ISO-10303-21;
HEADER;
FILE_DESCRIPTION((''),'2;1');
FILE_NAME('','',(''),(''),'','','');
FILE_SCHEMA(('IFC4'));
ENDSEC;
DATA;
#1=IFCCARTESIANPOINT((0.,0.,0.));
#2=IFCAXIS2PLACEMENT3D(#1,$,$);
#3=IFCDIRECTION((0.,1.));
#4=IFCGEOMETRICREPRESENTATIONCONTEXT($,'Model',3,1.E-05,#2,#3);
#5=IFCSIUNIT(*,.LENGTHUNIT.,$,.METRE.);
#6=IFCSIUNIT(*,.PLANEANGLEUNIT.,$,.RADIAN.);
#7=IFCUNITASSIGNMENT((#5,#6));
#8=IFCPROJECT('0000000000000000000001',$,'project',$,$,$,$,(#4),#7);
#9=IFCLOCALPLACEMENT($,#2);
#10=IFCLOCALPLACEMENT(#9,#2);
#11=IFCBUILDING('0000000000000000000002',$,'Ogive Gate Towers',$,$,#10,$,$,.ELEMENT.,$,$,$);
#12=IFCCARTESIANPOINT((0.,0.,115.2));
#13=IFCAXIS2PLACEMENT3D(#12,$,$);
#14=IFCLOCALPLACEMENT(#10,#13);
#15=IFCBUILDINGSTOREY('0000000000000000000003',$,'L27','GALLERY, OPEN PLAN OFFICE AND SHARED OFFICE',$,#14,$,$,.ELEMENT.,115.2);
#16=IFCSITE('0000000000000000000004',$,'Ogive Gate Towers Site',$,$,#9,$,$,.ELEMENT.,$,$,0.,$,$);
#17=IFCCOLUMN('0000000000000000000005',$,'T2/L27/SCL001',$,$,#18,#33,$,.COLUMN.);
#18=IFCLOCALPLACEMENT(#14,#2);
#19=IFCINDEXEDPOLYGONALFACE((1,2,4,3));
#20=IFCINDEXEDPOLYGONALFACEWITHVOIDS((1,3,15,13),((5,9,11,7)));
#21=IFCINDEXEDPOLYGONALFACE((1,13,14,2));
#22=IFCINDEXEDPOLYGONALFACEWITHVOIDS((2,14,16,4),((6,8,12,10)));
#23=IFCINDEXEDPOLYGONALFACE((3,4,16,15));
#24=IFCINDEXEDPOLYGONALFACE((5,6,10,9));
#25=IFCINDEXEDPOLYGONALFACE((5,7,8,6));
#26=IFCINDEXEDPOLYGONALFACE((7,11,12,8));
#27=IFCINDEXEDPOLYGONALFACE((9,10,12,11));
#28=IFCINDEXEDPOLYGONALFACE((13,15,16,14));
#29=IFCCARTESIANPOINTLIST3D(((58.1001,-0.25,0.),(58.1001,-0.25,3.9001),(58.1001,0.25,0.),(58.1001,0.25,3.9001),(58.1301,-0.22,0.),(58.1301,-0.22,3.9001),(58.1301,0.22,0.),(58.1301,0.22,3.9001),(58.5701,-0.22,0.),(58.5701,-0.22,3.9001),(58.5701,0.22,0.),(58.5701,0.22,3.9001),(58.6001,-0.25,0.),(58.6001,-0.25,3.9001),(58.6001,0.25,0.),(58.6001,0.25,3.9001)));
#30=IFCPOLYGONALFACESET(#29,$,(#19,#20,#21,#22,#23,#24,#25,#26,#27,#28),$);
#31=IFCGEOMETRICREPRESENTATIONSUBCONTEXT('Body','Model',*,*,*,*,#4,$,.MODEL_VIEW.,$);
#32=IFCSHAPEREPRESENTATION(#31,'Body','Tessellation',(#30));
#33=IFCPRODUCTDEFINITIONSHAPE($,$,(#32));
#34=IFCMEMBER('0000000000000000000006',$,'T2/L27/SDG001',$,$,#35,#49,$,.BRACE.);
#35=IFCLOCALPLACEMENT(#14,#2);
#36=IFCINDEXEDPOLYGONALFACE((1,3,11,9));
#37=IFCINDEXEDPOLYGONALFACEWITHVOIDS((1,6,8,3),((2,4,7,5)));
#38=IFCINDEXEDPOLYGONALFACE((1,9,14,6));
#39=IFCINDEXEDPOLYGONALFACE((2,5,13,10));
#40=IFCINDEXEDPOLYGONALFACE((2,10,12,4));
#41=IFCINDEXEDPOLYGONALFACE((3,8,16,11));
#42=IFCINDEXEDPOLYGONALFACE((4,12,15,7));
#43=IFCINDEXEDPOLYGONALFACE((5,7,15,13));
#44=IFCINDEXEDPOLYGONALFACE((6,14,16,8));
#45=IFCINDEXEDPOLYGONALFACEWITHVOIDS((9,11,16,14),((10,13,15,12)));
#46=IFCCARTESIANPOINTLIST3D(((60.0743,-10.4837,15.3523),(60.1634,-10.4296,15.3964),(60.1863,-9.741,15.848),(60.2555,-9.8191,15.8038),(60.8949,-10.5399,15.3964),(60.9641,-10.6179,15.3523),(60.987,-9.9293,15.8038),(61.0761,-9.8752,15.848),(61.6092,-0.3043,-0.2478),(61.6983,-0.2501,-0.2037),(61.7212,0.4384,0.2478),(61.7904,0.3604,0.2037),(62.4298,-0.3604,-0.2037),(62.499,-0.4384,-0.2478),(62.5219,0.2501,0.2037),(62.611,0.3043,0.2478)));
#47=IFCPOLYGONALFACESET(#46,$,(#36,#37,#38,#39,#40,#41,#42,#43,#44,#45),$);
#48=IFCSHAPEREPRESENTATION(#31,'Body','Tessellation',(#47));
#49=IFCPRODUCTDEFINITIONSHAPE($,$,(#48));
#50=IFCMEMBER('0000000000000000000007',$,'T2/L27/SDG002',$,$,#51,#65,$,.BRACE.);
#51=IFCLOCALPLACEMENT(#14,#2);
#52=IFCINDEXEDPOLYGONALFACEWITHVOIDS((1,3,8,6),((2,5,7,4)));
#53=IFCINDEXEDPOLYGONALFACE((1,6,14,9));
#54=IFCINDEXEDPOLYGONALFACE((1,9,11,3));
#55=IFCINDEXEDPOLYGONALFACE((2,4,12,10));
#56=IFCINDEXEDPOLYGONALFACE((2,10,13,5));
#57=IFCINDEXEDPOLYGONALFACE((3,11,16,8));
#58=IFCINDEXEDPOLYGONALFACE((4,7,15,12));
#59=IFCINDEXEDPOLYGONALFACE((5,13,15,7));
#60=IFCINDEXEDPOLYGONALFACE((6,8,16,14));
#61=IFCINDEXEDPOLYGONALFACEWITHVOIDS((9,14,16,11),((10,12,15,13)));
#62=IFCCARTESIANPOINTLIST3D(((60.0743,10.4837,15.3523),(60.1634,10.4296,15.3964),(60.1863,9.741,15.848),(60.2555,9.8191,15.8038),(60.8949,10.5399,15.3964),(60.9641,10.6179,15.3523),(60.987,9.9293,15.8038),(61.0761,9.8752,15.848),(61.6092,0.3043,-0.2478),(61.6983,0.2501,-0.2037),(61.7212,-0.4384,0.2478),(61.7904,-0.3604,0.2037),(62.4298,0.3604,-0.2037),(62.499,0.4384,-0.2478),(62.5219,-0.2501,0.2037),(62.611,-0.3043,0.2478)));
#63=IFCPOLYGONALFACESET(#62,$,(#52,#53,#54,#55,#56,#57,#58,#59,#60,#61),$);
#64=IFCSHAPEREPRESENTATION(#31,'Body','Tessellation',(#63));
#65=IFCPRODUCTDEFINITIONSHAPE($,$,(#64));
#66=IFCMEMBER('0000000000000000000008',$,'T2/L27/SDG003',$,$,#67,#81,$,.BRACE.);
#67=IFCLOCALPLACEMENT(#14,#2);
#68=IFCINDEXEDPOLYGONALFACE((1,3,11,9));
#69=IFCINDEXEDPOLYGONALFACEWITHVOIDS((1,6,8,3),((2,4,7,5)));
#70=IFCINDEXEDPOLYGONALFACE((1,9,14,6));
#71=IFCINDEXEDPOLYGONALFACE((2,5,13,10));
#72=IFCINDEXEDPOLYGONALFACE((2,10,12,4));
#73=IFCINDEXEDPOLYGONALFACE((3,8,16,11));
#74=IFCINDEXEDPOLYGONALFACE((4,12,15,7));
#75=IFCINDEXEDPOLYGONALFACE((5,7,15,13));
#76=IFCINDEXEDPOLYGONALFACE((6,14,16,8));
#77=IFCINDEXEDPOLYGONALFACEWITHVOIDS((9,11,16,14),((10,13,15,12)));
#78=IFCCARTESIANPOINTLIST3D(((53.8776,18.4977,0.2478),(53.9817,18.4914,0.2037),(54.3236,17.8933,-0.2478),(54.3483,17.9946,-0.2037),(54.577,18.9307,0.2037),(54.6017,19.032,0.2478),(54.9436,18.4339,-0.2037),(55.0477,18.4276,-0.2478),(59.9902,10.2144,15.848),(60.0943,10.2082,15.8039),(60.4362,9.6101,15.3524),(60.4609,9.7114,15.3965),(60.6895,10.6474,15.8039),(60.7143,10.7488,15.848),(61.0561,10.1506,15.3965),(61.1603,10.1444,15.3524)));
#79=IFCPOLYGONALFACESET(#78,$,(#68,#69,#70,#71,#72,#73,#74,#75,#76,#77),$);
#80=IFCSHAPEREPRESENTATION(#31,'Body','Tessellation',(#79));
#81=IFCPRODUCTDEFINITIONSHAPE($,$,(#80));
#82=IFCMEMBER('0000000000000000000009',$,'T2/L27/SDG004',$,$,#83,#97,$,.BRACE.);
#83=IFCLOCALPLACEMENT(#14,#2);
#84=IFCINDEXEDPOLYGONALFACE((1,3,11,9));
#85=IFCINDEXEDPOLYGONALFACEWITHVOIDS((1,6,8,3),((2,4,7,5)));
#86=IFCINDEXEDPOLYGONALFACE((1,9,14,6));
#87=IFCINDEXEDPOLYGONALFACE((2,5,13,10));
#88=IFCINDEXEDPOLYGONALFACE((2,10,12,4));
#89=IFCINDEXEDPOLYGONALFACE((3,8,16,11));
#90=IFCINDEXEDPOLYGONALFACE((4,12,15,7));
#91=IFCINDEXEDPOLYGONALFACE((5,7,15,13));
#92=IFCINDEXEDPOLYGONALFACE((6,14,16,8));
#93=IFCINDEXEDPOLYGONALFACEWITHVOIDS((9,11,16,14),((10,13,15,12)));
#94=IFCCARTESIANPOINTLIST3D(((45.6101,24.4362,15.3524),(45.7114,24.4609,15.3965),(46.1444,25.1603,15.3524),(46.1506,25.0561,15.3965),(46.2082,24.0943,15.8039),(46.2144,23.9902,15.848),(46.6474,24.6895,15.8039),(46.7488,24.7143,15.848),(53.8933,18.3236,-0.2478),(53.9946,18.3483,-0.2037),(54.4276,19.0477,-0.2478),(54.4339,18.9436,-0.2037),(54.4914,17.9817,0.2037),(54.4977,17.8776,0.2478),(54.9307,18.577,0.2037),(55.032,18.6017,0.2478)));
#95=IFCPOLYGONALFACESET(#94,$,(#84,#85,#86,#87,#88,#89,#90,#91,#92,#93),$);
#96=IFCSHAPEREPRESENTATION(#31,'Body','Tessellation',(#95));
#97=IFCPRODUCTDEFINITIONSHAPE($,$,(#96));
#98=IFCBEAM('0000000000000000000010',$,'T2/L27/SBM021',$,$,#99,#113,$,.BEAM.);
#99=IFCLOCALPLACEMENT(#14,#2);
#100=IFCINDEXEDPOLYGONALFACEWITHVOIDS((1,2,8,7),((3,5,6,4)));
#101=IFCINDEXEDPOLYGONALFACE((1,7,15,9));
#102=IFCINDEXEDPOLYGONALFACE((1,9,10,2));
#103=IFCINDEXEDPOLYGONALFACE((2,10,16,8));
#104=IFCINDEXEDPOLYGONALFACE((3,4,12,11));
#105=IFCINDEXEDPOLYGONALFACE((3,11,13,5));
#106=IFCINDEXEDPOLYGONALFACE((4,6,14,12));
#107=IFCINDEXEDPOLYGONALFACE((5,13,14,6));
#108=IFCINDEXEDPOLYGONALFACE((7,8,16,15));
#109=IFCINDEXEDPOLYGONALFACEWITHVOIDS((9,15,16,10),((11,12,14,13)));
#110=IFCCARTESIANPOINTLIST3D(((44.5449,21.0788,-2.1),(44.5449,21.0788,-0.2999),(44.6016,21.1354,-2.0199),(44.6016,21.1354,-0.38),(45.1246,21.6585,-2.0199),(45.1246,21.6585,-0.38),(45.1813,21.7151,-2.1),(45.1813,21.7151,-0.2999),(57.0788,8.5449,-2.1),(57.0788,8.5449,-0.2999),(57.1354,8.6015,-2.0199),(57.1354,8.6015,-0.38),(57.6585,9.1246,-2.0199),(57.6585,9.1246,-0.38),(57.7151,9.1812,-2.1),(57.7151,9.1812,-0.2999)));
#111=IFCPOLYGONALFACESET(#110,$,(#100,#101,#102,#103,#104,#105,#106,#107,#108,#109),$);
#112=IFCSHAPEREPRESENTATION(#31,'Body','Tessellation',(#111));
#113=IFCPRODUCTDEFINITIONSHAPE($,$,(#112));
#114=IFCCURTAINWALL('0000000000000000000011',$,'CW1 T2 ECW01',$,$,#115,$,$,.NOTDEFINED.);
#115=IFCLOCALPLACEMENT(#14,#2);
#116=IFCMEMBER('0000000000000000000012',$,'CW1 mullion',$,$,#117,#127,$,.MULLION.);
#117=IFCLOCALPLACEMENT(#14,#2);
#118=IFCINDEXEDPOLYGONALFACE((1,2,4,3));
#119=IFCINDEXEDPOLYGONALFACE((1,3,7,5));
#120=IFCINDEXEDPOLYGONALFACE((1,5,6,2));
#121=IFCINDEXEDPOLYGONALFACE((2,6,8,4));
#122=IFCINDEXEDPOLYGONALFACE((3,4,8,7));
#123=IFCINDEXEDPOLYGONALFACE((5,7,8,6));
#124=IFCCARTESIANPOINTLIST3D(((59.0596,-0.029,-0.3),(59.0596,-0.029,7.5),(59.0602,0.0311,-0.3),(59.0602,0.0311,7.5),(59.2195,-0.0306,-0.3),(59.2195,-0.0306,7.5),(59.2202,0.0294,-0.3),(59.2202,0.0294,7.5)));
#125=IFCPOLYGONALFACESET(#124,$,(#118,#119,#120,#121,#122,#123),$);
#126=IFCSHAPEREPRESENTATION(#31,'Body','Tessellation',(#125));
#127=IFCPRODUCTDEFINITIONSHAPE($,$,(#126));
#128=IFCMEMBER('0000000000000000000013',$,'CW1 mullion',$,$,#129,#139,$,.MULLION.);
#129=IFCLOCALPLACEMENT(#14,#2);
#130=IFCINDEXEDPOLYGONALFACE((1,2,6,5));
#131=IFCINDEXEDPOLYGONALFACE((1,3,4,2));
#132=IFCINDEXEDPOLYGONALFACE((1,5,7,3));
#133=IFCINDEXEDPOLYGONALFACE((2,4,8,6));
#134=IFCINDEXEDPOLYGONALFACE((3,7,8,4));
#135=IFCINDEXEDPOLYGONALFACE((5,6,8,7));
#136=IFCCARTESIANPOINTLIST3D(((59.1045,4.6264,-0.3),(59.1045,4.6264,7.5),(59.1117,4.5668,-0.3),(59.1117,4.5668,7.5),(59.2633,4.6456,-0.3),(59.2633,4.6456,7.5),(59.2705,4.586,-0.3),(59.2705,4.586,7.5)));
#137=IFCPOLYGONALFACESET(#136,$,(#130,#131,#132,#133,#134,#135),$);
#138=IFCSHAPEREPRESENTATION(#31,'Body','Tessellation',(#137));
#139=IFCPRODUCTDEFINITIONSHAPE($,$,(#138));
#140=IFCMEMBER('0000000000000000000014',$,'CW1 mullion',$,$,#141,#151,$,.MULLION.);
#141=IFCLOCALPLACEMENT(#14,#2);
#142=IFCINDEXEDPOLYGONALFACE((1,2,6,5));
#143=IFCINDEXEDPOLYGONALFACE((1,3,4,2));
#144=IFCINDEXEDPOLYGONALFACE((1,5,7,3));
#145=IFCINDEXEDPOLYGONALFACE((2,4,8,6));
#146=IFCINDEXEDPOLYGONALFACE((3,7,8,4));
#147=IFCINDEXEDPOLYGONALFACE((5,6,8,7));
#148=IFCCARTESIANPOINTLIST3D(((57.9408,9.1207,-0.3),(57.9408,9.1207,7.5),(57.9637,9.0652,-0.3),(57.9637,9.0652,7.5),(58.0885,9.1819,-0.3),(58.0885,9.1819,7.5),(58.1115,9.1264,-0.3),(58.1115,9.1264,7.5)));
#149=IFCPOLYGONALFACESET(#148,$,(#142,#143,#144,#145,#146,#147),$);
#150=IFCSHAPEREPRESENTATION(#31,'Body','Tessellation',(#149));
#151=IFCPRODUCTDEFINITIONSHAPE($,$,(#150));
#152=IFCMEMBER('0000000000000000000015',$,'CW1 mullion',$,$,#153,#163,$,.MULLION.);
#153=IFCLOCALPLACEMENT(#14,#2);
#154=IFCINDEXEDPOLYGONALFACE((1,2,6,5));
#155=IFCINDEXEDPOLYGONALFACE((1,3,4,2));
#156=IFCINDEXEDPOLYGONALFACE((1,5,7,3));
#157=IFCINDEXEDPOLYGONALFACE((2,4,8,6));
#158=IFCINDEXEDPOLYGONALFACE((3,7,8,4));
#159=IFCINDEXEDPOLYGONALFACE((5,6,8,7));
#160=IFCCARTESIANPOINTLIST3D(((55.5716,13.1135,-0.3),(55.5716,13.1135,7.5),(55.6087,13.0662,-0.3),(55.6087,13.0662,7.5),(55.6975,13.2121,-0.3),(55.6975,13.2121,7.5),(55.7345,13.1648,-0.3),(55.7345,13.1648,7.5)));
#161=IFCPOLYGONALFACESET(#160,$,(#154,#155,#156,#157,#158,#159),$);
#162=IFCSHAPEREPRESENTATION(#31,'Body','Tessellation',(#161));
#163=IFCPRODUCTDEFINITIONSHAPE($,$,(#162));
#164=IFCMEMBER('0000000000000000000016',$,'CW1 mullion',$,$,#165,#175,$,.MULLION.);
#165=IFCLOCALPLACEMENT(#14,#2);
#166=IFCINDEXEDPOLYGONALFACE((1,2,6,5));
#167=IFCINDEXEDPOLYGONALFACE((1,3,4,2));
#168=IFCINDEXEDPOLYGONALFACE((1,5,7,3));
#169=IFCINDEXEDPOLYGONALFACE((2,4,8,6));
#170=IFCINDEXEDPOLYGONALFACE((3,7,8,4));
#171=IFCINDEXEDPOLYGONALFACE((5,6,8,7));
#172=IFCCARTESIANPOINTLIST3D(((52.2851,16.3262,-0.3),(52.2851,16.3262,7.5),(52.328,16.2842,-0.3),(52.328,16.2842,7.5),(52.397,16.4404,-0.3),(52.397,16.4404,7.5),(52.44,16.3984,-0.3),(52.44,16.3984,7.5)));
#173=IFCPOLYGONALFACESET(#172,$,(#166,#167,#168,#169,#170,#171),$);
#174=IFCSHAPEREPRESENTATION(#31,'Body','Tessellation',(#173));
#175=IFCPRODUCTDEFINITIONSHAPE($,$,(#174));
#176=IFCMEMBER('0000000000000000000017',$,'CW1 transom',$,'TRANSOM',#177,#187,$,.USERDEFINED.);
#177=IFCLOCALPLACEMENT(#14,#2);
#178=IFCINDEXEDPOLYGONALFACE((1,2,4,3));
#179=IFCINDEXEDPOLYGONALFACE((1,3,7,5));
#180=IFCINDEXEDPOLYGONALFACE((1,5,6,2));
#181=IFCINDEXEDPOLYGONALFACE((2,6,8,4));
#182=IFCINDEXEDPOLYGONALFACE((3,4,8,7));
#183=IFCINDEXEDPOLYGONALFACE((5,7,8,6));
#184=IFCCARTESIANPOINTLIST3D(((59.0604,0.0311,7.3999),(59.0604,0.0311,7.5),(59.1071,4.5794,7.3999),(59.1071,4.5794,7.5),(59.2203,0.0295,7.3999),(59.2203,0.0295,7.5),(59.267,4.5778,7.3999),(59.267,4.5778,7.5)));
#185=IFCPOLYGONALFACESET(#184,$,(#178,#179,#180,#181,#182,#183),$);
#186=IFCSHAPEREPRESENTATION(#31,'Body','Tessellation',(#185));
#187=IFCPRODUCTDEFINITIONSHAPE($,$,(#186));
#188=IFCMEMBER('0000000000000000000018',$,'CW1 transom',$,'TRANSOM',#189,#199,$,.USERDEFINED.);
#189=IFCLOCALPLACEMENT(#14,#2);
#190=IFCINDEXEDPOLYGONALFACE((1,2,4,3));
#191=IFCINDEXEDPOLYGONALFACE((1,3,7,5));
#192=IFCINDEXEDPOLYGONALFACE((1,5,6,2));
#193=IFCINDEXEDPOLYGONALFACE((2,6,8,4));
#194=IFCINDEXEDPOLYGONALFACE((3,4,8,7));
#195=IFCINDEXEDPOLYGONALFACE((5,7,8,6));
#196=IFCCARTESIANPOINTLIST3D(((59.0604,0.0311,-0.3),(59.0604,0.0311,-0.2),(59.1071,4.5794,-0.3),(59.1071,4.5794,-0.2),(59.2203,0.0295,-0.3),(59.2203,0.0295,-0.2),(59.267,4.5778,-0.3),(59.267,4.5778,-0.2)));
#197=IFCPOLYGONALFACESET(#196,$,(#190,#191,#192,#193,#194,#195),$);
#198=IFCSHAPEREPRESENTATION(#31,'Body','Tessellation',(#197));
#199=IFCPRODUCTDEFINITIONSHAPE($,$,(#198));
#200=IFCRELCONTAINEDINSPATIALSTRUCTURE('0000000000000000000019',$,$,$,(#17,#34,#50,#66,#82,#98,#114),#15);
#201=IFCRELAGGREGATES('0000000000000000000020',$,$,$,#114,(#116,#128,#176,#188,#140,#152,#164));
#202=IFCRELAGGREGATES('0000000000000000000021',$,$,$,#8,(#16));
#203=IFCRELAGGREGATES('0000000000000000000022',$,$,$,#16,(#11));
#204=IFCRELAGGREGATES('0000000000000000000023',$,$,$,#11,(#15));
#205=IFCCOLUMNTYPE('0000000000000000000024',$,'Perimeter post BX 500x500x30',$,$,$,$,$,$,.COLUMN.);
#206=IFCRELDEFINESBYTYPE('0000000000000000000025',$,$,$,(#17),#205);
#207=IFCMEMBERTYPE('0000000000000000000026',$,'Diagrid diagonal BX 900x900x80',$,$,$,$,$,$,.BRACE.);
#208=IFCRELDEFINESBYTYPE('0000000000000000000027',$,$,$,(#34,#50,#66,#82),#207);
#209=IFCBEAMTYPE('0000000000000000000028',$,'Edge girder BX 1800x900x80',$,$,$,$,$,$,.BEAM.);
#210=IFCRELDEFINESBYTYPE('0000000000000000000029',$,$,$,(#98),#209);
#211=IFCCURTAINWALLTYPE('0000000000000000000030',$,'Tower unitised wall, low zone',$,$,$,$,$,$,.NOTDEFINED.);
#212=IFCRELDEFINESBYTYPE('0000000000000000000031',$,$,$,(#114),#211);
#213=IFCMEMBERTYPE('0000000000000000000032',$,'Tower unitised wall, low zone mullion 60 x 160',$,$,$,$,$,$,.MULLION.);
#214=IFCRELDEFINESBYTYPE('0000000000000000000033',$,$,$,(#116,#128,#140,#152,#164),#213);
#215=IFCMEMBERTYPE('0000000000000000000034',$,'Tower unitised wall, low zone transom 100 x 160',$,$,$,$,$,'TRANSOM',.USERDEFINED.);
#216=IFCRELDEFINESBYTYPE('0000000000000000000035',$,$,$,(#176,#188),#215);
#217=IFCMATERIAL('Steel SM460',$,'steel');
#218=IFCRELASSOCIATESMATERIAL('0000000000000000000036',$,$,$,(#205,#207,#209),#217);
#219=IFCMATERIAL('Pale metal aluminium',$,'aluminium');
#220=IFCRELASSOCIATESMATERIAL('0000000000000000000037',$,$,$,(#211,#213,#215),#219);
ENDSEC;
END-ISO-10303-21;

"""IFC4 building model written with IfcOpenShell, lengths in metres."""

from ifc_helpers import new_model, si_unit, direction, frame, origin, origin_2d, place, context, subcontext, project, spatial, rectangle, hollow_rectangle, extrude, material, material_profile, profile_set, type_object, element, aggregate, save


model = new_model("IFC4")

# Units and contexts
model_context = context("Model", 3, precision=1e-05, world=origin(), true_north=direction((0.0, 1.0)))
body_context = subcontext(model_context, "Body", "Model", "MODEL_VIEW")
ifc_project = project(units=[si_unit("LENGTHUNIT", "METRE"), si_unit("PLANEANGLEUNIT", "RADIAN")], contexts=[model_context])

# Site, building, storey
site_placement = place(None, origin())
site = spatial("IfcSite", under=ifc_project, at=site_placement, Name="Ogive Gate Towers Site", CompositionType="ELEMENT", RefElevation=0.0)
building_placement = place(site_placement, origin())
building = spatial("IfcBuilding", under=site, at=building_placement, Name="Ogive Gate Towers", CompositionType="ELEMENT")
storey_placement = place(building_placement, frame((0.0, 0.0, 115.2)))
storey = spatial("IfcBuildingStorey", under=building, at=storey_placement, Name="L27", Description="GALLERY, OPEN PLAN OFFICE AND SHARED OFFICE", CompositionType="ELEMENT", Elevation=115.2)

# Column
ifc_material_1 = material(Name="Steel SM460", Category="steel")
ifc_material_profile_1 = material_profile(ifc_material_1, hollow_rectangle(XDim=0.5, YDim=0.5, WallThickness=0.03, at=origin_2d()), Name="BX 500x500x30")
ifc_profile_set_1 = profile_set([ifc_material_profile_1], Name="Steel SM460")
column_type = type_object("IfcColumnType", Name="Perimeter post BX 500x500x30", PredefinedType="COLUMN", material=ifc_profile_set_1)
column_placement = place(storey_placement, frame((58.3501, 0.0, 0.0), z_axis=(0.0, 0.0, 1.0), x_axis=(1.0, 0.0, 0.0)))
element("IfcColumn", 1, at=column_placement, inside=storey, type_object=column_type, Name="T2/L27/SCL001", PredefinedType="COLUMN", context=body_context, shape_type="SweptSolid", body=[
    extrude(hollow_rectangle(XDim=0.5, YDim=0.5, WallThickness=0.03, at=origin_2d()), origin(), (0.0, 0.0, 1.0), 3.9001),
])

# Members
ifc_material_profile_2 = material_profile(ifc_material_1, hollow_rectangle(XDim=0.8999, YDim=0.8999, WallThickness=0.0801, at=origin_2d()), Name="BX 900x900x80")
ifc_profile_set_2 = profile_set([ifc_material_profile_2], Name="Steel SM460")
member_type_1 = type_object("IfcMemberType", Name="Diagrid diagonal BX 900x900x80", PredefinedType="BRACE", material=ifc_profile_set_2)
for number, where, z_axis, x_axis, name in (
    (2, (62.1101, 0.0, 0.0), (-0.082122, -0.544628, 0.834648), (0.988822, -0.1491, 0.0), "T2/L27/SDG001"),
    (3, (62.1101, 0.0, 0.0), (-0.082122, 0.544628, 0.834648), (-0.988822, -0.1491, 0.0), "T2/L27/SDG002"),
    (4, (54.4626, 18.4626, 0.0), (0.327039, -0.443175, 0.83465), (0.804632, 0.593774, 0.0), "T2/L27/SDG003"),
    (5, (54.4626, 18.4626, 0.0), (-0.443175, 0.327039, 0.83465), (-0.593774, -0.804632, 0.0), "T2/L27/SDG004"),
):
    element("IfcMember", number, at=place(storey_placement, frame(where, z_axis=z_axis, x_axis=x_axis)), inside=storey, type_object=member_type_1, Name=name, PredefinedType="BRACE", context=body_context, shape_type="SweptSolid", body=[
        extrude(hollow_rectangle(XDim=0.8999, YDim=0.8999, WallThickness=0.0801, at=origin_2d()), origin(), (0.0, 0.0, 1.0), 18.6907),
    ])

# Beam
ifc_material_profile_3 = material_profile(ifc_material_1, hollow_rectangle(XDim=0.8999, YDim=1.8, WallThickness=0.0801, at=origin_2d()), Name="BX 1800x900x80")
ifc_profile_set_3 = profile_set([ifc_material_profile_3], Name="Steel SM460")
beam_type = type_object("IfcBeamType", Name="Edge girder BX 1800x900x80", PredefinedType="BEAM", material=ifc_profile_set_3)
beam_placement = place(storey_placement, frame((57.397, 8.863, -1.2), z_axis=(-0.707107, 0.707107, 0.0), x_axis=(-0.707107, -0.707107, 0.0)))
element("IfcBeam", 6, at=beam_placement, inside=storey, type_object=beam_type, Name="T2/L27/SBM021", PredefinedType="BEAM", context=body_context, shape_type="SweptSolid", body=[
    extrude(hollow_rectangle(XDim=0.8999, YDim=1.8, WallThickness=0.0801, at=origin_2d()), origin(), (0.0, 0.0, 1.0), 17.7256),
])

# Curtain wall, members
ifc_material_2 = material(Name="Pale metal aluminium", Category="aluminium")
curtain_wall_type = type_object("IfcCurtainWallType", Name="Tower unitised wall, low zone", PredefinedType="NOTDEFINED", material=ifc_material_2)
curtain_wall_1_placement = place(storey_placement, origin())
curtain_wall_1 = element("IfcCurtainWall", 7, at=curtain_wall_1_placement, inside=storey, type_object=curtain_wall_type, Name="CW1 T2 ECW01", PredefinedType="NOTDEFINED")
ifc_material_profile_4 = material_profile(ifc_material_2, rectangle(XDim=0.1599, YDim=0.0601, at=origin_2d()), Name="60 x 160 aluminium box")
ifc_profile_set_4 = profile_set([ifc_material_profile_4], Name="Pale metal aluminium")
member_type_2 = type_object("IfcMemberType", Name="Tower unitised wall, low zone mullion 60 x 160", PredefinedType="MULLION", material=ifc_profile_set_4)
member_1_placement = place(storey_placement, frame((59.1399, 0.0002, -0.3), z_axis=(0.0, 0.0, 1.0), x_axis=(0.999947, -0.01028, 0.0)))
member_1 = element("IfcMember", 8, at=member_1_placement, type_object=member_type_2, Name="CW1 mullion", PredefinedType="MULLION", context=body_context, shape_type="SweptSolid", body=[
    extrude(rectangle(XDim=0.1599, YDim=0.0601, at=origin_2d()), origin(), (0.0, 0.0, 1.0), 7.8),
])
member_2_placement = place(storey_placement, frame((59.1875, 4.6062, -0.3), z_axis=(0.0, 0.0, 1.0), x_axis=(0.992728, 0.120379, 0.0)))
member_2 = element("IfcMember", 9, at=member_2_placement, type_object=member_type_2, Name="CW1 mullion", PredefinedType="MULLION", context=body_context, shape_type="SweptSolid", body=[
    extrude(rectangle(XDim=0.1599, YDim=0.0601, at=origin_2d()), origin(), (0.0, 0.0, 1.0), 7.8),
])
member_3_placement = place(storey_placement, frame((58.0261, 9.1235, -0.3), z_axis=(0.0, 0.0, 1.0), x_axis=(0.92388, 0.382683, 0.0)))
member_3 = element("IfcMember", 10, at=member_3_placement, type_object=member_type_2, Name="CW1 mullion", PredefinedType="MULLION", context=body_context, shape_type="SweptSolid", body=[
    extrude(rectangle(XDim=0.1599, YDim=0.0601, at=origin_2d()), origin(), (0.0, 0.0, 1.0), 7.8),
])
member_4_placement = place(storey_placement, frame((55.6531, 13.1392, -0.3), z_axis=(0.0, 0.0, 1.0), x_axis=(0.787086, 0.616844, 0.0)))
member_4 = element("IfcMember", 11, at=member_4_placement, type_object=member_type_2, Name="CW1 mullion", PredefinedType="MULLION", context=body_context, shape_type="SweptSolid", body=[
    extrude(rectangle(XDim=0.1599, YDim=0.0601, at=origin_2d()), origin(), (0.0, 0.0, 1.0), 7.8),
])
member_5_placement = place(storey_placement, frame((52.3625, 16.3623, -0.3), z_axis=(0.0, 0.0, 1.0), x_axis=(0.699788, 0.714351, 0.0)))
member_5 = element("IfcMember", 12, at=member_5_placement, type_object=member_type_2, Name="CW1 mullion", PredefinedType="MULLION", context=body_context, shape_type="SweptSolid", body=[
    extrude(rectangle(XDim=0.1599, YDim=0.0601, at=origin_2d()), origin(), (0.0, 0.0, 1.0), 7.8),
])
ifc_material_profile_5 = material_profile(ifc_material_2, rectangle(XDim=0.1599, YDim=0.1001, at=origin_2d()), Name="100 x 160 aluminium box")
ifc_profile_set_5 = profile_set([ifc_material_profile_5], Name="Pale metal aluminium")
member_type_3 = type_object("IfcMemberType", Name="Tower unitised wall, low zone transom 100 x 160", ElementType="TRANSOM", PredefinedType="USERDEFINED", material=ifc_profile_set_5)
member_6_placement = place(storey_placement, frame((59.1404, 0.0303, 7.45), z_axis=(0.010252, 0.999947, 0.0), x_axis=(-0.999947, 0.010252, 0.0)))
member_6 = element("IfcMember", 13, at=member_6_placement, type_object=member_type_3, Name="CW1 transom", ObjectType="TRANSOM", PredefinedType="USERDEFINED", context=body_context, shape_type="SweptSolid", body=[
    extrude(rectangle(XDim=0.1599, YDim=0.1001, at=origin_2d()), origin(), (0.0, 0.0, 1.0), 4.5486),
])
member_7_placement = place(storey_placement, frame((59.1404, 0.0303, -0.25), z_axis=(0.010252, 0.999947, 0.0), x_axis=(-0.999947, 0.010252, 0.0)))
member_7 = element("IfcMember", 14, at=member_7_placement, type_object=member_type_3, Name="CW1 transom", ObjectType="TRANSOM", PredefinedType="USERDEFINED", context=body_context, shape_type="SweptSolid", body=[
    extrude(rectangle(XDim=0.1599, YDim=0.1001, at=origin_2d()), origin(), (0.0, 0.0, 1.0), 4.5486),
])

aggregate(curtain_wall_1, [member_1, member_2, member_6, member_7, member_3, member_4, member_5])

save(model, "model.ifc")
